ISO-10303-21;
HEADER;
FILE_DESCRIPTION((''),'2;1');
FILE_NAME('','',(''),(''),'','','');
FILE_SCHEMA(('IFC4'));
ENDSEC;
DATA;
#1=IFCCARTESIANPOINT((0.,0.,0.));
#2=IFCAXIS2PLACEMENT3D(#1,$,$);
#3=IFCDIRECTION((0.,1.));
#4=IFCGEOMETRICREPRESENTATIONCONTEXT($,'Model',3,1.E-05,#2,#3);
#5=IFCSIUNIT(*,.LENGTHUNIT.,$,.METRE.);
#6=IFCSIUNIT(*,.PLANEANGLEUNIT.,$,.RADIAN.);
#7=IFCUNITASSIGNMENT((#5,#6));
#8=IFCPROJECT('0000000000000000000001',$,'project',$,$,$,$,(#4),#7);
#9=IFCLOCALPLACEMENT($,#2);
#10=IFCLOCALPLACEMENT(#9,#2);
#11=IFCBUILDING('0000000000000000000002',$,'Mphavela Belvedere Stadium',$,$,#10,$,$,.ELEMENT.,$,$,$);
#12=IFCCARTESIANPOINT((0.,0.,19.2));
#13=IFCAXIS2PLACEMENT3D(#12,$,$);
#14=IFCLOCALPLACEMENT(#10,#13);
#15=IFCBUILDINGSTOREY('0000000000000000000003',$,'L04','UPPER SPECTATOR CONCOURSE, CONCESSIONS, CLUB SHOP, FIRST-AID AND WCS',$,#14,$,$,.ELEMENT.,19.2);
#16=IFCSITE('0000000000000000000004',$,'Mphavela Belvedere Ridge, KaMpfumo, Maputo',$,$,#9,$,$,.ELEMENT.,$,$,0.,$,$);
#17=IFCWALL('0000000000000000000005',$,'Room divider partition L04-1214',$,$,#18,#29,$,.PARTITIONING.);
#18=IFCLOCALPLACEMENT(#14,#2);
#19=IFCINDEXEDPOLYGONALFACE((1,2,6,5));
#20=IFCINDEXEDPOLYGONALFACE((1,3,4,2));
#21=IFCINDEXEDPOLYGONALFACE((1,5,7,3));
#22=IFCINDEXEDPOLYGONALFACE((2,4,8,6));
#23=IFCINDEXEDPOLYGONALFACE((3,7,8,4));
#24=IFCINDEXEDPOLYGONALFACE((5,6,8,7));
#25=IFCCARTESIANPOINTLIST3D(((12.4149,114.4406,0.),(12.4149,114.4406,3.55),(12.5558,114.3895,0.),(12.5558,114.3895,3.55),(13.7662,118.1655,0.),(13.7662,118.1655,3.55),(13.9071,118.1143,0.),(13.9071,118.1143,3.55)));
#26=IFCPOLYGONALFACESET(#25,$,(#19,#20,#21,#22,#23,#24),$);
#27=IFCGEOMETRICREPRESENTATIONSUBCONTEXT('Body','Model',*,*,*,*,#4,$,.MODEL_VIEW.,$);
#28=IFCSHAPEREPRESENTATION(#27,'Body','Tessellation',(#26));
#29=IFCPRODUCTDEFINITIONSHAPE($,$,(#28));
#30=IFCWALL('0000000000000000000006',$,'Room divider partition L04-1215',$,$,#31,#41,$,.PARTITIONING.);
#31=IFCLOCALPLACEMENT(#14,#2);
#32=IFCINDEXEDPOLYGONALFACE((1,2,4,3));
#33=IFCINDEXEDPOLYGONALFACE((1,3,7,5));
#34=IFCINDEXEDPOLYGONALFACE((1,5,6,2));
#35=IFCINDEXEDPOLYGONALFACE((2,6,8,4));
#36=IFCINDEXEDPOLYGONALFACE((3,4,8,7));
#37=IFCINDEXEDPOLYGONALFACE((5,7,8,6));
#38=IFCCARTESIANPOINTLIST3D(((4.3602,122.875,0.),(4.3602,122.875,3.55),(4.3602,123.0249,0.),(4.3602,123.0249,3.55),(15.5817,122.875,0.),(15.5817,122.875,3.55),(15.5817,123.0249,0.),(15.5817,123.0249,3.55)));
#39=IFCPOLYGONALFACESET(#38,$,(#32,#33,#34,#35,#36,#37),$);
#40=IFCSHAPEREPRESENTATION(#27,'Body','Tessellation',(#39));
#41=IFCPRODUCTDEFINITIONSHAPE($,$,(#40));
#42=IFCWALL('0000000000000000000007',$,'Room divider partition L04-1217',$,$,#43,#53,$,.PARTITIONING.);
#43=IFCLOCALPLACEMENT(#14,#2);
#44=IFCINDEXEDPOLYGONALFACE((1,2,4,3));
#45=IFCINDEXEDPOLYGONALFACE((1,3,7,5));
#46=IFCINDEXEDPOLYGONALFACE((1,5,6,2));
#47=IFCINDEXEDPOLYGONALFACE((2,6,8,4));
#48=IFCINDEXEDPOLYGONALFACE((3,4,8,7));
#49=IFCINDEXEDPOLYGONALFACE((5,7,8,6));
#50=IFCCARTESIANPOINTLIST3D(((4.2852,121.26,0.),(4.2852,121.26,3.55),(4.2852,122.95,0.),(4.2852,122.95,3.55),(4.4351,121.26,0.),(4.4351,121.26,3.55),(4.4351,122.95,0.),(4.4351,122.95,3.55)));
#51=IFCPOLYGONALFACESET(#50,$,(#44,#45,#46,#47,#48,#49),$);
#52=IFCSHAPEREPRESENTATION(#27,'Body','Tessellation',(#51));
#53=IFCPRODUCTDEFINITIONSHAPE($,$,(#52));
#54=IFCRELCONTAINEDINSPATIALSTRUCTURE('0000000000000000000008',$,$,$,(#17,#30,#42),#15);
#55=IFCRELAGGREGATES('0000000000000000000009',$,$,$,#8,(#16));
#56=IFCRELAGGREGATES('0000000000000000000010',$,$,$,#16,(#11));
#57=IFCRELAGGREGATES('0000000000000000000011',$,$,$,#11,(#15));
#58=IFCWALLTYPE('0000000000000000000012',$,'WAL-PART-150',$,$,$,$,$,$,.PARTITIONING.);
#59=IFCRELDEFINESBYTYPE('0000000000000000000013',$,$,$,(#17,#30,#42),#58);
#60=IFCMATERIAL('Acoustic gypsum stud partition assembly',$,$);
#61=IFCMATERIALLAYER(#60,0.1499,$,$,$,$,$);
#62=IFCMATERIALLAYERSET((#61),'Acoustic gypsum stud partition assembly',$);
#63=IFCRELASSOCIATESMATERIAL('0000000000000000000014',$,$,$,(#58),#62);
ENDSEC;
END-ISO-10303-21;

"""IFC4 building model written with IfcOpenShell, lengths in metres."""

from ifc_helpers import new_model, si_unit, direction, frame, frame_2d, origin, place, context, subcontext, project, spatial, rectangle, extrude, material, layer, layer_set, type_object, element, save


model = new_model("IFC4")

# Units and contexts
model_context = context("Model", 3, precision=1e-05, world=origin(), true_north=direction((0.0, 1.0)))
body_context = subcontext(model_context, "Body", "Model", "MODEL_VIEW")
ifc_project = project(units=[si_unit("LENGTHUNIT", "METRE"), si_unit("PLANEANGLEUNIT", "RADIAN")], contexts=[model_context])

# Site, building, storey
site_placement = place(None, origin())
site = spatial("IfcSite", under=ifc_project, at=site_placement, Name="Mphavela Belvedere Ridge, KaMpfumo, Maputo", CompositionType="ELEMENT", RefElevation=0.0)
building_placement = place(site_placement, origin())
building = spatial("IfcBuilding", under=site, at=building_placement, Name="Mphavela Belvedere Stadium", CompositionType="ELEMENT")
storey_placement = place(building_placement, frame((0.0, 0.0, 19.2)))
storey = spatial("IfcBuildingStorey", under=building, at=storey_placement, Name="L04", Description="UPPER SPECTATOR CONCOURSE, CONCESSIONS, CLUB SHOP, FIRST-AID AND WCS", CompositionType="ELEMENT", Elevation=19.2)

# Walls
ifc_material_1 = material(Name="Acoustic gypsum stud partition assembly")
ifc_layer_1 = layer(ifc_material_1, 0.1499)
ifc_layer_set_1 = layer_set([ifc_layer_1], Name="Acoustic gypsum stud partition assembly")
wall_type_1 = type_object("IfcWallType", Name="WAL-PART-150", PredefinedType="PARTITIONING", material=ifc_layer_set_1)
wall_1_placement = place(storey_placement, frame((13.8367, 118.1399, 0.0), z_axis=(0.0, 0.0, 1.0), x_axis=(-0.341036, -0.94005, 0.0)))
element("IfcWall", 1, at=wall_1_placement, inside=storey, type_object=wall_type_1, Name="Room divider partition L04-1214", PredefinedType="PARTITIONING", context=body_context, shape_type="SweptSolid", body=[
    extrude(rectangle(XDim=3.9624, YDim=0.1499, at=frame_2d((1.9812, 0.0))), origin(), (0.0, 0.0, 1.0), 3.55),
])
wall_2_placement = place(storey_placement, frame((4.3601, 122.95, 0.0), z_axis=(0.0, 0.0, 1.0), x_axis=(1.0, 0.0, 0.0)))
element("IfcWall", 2, at=wall_2_placement, inside=storey, type_object=wall_type_1, Name="Room divider partition L04-1215", PredefinedType="PARTITIONING", context=body_context, shape_type="SweptSolid", body=[
    extrude(rectangle(XDim=11.2214, YDim=0.1499, at=frame_2d((5.6108, 0.0))), origin(), (0.0, 0.0, 1.0), 3.55),
])
wall_3_placement = place(storey_placement, frame((4.3601, 121.26, 0.0), z_axis=(0.0, 0.0, 1.0), x_axis=(0.0, 1.0, 0.0)))
element("IfcWall", 3, at=wall_3_placement, inside=storey, type_object=wall_type_1, Name="Room divider partition L04-1217", PredefinedType="PARTITIONING", context=body_context, shape_type="SweptSolid", body=[
    extrude(rectangle(XDim=1.6899, YDim=0.1499, at=frame_2d((0.845, 0.0))), origin(), (0.0, 0.0, 1.0), 3.55),
])

save(model, "model.ifc")
